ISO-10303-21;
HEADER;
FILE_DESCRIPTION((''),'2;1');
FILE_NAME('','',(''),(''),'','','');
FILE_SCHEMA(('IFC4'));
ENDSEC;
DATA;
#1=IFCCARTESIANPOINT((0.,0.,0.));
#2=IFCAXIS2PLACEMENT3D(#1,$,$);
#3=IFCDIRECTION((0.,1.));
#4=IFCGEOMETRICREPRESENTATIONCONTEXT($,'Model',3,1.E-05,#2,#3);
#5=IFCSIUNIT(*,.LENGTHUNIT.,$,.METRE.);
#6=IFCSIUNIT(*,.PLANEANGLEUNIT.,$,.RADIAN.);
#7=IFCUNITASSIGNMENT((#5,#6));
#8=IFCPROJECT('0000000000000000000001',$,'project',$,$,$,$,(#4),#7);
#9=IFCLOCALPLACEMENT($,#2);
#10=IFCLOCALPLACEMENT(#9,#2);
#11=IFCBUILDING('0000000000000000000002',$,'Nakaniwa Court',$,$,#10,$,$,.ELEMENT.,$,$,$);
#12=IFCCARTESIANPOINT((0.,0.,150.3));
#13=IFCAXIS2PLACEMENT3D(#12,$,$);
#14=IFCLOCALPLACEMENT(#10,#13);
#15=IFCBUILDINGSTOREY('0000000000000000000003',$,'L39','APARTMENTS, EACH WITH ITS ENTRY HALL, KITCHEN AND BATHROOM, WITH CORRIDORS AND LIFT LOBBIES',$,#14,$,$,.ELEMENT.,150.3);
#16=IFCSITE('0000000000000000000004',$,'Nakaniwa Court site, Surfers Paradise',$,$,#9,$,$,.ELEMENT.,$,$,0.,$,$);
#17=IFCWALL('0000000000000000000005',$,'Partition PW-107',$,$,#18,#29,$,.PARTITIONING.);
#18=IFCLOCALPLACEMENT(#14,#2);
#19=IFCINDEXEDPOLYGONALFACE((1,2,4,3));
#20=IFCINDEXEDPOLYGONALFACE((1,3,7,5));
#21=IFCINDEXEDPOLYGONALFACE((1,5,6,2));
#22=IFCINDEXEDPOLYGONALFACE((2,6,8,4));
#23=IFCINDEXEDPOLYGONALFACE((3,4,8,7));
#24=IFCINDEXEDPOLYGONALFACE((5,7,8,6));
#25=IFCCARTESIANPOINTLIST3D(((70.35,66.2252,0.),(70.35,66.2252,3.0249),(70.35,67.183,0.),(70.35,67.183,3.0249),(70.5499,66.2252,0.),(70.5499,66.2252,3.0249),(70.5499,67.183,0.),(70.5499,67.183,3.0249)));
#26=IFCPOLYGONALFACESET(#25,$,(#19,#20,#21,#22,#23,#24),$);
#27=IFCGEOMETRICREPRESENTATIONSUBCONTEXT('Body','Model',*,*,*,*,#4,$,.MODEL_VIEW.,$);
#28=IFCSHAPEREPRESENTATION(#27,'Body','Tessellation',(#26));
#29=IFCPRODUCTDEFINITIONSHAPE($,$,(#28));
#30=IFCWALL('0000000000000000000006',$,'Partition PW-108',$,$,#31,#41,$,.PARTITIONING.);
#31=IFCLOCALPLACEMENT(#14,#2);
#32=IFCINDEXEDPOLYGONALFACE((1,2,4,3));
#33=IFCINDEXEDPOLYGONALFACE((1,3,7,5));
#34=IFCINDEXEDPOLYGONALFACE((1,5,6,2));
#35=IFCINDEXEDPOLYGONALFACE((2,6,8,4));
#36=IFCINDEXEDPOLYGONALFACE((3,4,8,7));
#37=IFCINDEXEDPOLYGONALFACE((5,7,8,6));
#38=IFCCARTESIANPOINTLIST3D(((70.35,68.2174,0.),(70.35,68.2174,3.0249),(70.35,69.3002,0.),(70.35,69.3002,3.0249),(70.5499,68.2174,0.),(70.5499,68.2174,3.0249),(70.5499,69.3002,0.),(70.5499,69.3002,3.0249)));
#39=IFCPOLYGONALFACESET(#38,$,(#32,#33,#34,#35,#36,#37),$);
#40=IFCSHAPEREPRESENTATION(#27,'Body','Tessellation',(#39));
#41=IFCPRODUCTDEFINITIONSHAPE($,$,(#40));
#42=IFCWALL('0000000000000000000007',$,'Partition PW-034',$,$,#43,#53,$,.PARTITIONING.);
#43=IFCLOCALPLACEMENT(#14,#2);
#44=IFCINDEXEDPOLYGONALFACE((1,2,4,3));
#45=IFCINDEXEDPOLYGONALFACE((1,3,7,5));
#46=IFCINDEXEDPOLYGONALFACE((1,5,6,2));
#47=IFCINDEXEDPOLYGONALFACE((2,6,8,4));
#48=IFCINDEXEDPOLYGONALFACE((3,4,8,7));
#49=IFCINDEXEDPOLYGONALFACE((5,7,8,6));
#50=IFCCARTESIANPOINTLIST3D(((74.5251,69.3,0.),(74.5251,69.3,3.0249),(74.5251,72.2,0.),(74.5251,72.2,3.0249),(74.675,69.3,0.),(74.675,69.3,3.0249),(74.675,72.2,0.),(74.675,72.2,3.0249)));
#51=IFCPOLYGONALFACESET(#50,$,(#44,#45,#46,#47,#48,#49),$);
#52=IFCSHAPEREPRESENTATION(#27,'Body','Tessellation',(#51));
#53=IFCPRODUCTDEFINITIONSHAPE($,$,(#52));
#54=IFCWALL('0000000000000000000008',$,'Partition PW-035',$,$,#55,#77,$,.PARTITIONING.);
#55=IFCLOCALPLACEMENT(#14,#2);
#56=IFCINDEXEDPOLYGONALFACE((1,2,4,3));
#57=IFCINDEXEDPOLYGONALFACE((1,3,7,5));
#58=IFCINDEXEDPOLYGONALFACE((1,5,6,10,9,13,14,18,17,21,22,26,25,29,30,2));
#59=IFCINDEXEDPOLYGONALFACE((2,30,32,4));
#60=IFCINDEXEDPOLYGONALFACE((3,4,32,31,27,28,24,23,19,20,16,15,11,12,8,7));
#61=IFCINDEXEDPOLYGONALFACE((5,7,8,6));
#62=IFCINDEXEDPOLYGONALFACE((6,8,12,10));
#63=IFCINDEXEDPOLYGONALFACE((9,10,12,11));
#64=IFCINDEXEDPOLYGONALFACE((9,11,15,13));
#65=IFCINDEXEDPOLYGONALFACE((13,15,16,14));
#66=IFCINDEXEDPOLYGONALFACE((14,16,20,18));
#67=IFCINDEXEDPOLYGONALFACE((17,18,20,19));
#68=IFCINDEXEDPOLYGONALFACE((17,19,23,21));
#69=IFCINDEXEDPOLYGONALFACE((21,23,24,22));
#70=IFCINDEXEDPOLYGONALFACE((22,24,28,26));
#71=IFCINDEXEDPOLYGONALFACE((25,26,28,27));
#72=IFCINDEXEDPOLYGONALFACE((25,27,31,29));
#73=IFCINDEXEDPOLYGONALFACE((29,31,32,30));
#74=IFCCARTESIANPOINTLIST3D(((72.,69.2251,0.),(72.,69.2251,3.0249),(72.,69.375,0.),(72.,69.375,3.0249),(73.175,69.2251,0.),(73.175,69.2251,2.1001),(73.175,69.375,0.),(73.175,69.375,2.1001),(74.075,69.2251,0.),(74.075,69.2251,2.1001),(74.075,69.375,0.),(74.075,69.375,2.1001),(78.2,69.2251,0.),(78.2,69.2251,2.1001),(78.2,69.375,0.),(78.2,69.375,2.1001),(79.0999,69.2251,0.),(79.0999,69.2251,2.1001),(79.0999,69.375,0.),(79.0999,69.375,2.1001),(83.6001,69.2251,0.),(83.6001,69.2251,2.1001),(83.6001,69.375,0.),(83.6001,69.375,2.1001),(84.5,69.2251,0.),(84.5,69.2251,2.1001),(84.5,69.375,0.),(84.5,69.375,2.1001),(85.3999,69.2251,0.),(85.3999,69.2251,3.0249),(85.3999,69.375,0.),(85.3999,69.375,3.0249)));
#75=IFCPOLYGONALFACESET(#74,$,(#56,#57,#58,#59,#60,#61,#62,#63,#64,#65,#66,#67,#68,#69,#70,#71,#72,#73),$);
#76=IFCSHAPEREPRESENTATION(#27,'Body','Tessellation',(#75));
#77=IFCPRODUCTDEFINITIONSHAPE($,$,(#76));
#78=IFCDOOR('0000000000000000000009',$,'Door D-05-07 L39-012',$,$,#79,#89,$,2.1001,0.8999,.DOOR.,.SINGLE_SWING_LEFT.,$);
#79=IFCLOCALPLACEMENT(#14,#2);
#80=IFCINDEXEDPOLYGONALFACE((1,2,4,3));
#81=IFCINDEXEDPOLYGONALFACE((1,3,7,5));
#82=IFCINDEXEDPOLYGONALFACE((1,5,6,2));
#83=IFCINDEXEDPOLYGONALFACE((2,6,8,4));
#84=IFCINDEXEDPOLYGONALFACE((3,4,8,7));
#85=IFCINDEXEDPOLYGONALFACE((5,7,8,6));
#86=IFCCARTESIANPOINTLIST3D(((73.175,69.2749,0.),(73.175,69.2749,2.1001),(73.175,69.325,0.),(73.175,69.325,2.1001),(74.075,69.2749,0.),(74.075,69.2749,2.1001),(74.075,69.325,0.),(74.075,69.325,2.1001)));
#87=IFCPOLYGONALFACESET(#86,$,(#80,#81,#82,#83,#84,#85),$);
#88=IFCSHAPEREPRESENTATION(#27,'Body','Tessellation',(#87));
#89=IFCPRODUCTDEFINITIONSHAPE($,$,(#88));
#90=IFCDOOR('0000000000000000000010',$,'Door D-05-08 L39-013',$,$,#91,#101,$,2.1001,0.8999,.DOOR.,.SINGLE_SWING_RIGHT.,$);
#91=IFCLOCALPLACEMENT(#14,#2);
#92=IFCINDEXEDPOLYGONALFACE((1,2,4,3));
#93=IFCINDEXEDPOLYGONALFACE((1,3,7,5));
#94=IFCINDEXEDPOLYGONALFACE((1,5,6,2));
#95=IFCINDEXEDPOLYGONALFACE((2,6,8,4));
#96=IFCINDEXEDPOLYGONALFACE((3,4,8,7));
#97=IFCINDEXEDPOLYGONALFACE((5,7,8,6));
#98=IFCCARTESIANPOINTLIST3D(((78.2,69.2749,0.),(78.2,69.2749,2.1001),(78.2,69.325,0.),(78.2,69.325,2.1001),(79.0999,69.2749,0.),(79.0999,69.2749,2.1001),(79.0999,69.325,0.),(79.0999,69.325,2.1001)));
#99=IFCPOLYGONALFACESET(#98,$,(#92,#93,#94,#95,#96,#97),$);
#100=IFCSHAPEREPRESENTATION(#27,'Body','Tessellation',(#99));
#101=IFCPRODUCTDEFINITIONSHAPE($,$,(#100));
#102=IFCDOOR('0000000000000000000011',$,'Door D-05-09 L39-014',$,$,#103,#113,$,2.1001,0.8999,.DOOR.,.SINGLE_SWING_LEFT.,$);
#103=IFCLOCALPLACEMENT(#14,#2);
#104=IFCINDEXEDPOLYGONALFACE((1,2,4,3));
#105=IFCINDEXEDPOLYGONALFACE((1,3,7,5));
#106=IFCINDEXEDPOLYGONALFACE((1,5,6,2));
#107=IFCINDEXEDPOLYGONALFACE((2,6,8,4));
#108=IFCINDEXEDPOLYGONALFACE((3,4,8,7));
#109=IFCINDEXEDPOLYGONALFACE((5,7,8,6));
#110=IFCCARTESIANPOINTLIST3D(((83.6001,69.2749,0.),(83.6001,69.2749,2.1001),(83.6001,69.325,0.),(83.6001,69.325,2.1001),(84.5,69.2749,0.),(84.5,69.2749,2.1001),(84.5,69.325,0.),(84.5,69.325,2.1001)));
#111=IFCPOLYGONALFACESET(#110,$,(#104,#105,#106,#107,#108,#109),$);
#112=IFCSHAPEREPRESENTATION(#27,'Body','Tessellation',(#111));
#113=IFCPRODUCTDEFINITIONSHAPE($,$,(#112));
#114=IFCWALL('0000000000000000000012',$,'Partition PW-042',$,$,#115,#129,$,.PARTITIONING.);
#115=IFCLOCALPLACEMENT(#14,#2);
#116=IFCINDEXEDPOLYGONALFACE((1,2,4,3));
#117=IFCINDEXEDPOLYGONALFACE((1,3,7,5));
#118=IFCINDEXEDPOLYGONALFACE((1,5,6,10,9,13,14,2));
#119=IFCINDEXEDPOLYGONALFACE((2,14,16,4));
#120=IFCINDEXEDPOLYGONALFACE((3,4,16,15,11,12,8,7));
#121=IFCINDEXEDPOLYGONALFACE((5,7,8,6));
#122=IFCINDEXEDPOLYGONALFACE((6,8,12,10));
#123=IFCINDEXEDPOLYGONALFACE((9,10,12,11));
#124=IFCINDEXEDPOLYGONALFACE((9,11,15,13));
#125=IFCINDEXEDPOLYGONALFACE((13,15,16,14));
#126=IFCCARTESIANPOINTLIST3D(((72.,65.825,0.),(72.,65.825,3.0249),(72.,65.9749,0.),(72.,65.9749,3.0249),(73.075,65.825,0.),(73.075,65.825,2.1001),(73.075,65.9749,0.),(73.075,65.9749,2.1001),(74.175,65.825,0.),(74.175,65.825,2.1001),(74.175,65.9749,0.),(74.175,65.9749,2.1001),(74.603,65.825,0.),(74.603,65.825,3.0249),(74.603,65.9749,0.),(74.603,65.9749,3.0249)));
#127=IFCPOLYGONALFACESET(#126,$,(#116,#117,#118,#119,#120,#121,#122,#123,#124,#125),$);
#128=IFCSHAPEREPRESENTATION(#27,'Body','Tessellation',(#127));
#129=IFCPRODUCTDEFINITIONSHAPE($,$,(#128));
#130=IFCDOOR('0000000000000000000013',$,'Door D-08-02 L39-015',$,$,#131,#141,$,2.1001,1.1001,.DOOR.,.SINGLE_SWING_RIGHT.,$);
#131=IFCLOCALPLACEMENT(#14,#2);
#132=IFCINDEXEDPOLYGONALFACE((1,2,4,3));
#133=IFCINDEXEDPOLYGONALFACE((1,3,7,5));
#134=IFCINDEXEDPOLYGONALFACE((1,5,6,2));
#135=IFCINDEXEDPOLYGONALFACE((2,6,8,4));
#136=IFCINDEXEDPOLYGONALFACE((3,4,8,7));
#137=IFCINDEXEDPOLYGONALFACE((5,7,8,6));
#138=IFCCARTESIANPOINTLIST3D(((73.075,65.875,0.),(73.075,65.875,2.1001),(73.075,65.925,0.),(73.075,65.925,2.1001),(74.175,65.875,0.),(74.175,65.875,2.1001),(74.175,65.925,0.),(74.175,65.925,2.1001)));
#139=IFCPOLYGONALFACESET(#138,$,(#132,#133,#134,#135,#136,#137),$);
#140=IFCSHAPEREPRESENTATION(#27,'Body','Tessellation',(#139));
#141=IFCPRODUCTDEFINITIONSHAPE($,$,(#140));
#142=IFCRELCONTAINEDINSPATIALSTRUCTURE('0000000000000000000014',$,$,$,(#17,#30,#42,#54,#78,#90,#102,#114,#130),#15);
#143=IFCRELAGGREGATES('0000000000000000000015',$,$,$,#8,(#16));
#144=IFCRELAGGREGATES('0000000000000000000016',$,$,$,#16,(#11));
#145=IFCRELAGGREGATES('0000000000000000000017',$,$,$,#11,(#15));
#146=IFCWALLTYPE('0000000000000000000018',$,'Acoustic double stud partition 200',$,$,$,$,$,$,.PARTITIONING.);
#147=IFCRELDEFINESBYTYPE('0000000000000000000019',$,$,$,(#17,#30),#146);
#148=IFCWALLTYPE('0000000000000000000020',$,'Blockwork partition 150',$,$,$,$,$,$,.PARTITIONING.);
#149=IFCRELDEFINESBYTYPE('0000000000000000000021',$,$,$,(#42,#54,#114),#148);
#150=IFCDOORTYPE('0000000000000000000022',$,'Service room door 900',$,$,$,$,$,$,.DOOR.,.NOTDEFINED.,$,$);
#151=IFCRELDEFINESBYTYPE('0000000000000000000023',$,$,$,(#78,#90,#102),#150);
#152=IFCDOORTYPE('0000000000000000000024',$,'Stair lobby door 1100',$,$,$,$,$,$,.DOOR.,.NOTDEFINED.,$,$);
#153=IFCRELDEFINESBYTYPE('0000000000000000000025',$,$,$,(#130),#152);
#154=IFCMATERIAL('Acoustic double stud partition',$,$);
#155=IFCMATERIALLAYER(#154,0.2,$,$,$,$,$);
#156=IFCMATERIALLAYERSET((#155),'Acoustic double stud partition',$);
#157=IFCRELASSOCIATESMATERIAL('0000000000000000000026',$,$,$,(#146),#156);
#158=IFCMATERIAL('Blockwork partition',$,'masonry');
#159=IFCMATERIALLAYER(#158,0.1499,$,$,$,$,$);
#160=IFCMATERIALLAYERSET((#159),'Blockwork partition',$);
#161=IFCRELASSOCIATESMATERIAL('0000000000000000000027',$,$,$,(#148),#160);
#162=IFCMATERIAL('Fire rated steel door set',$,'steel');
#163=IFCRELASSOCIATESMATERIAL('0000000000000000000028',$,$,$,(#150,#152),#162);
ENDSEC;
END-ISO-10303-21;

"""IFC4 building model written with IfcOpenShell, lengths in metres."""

from ifc_helpers import new_model, si_unit, direction, frame, frame_2d, origin, place, context, subcontext, project, spatial, rectangle, extrude, material, layer, layer_set, type_object, element, fill, save


model = new_model("IFC4")

# Units and contexts
model_context = context("Model", 3, precision=1e-05, world=origin(), true_north=direction((0.0, 1.0)))
body_context = subcontext(model_context, "Body", "Model", "MODEL_VIEW")
ifc_project = project(units=[si_unit("LENGTHUNIT", "METRE"), si_unit("PLANEANGLEUNIT", "RADIAN")], contexts=[model_context])

# Site, building, storey
site_placement = place(None, origin())
site = spatial("IfcSite", under=ifc_project, at=site_placement, Name="Nakaniwa Court site, Surfers Paradise", CompositionType="ELEMENT", RefElevation=0.0)
building_placement = place(site_placement, origin())
building = spatial("IfcBuilding", under=site, at=building_placement, Name="Nakaniwa Court", CompositionType="ELEMENT")
storey_placement = place(building_placement, frame((0.0, 0.0, 150.3)))
storey = spatial("IfcBuildingStorey", under=building, at=storey_placement, Name="L39", Description="APARTMENTS, EACH WITH ITS ENTRY HALL, KITCHEN AND BATHROOM, WITH CORRIDORS AND LIFT LOBBIES", CompositionType="ELEMENT", Elevation=150.3)

# Walls
ifc_material_1 = material(Name="Acoustic double stud partition")
ifc_layer_1 = layer(ifc_material_1, 0.2)
ifc_layer_set_1 = layer_set([ifc_layer_1], Name="Acoustic double stud partition")
wall_type_1 = type_object("IfcWallType", Name="Acoustic double stud partition 200", PredefinedType="PARTITIONING", material=ifc_layer_set_1)
wall_1_placement = place(storey_placement, frame((70.45, 66.2251, 0.0), z_axis=(0.0, 0.0, 1.0), x_axis=(0.0, 1.0, 0.0)))
element("IfcWall", 1, at=wall_1_placement, inside=storey, type_object=wall_type_1, Name="Partition PW-107", PredefinedType="PARTITIONING", context=body_context, shape_type="SweptSolid", body=[
    extrude(rectangle(XDim=0.9578, YDim=0.2, at=frame_2d((0.479, 0.0))), origin(), (0.0, 0.0, 1.0), 3.0249),
])
wall_2_placement = place(storey_placement, frame((70.45, 68.2173, 0.0), z_axis=(0.0, 0.0, 1.0), x_axis=(0.0, 1.0, 0.0)))
element("IfcWall", 2, at=wall_2_placement, inside=storey, type_object=wall_type_1, Name="Partition PW-108", PredefinedType="PARTITIONING", context=body_context, shape_type="SweptSolid", body=[
    extrude(rectangle(XDim=1.0828, YDim=0.2, at=frame_2d((0.5415, 0.0))), origin(), (0.0, 0.0, 1.0), 3.0249),
])
ifc_material_2 = material(Name="Blockwork partition", Category="masonry")
ifc_layer_2 = layer(ifc_material_2, 0.1499)
ifc_layer_set_2 = layer_set([ifc_layer_2], Name="Blockwork partition")
wall_type_2 = type_object("IfcWallType", Name="Blockwork partition 150", PredefinedType="PARTITIONING", material=ifc_layer_set_2)
wall_3_placement = place(storey_placement, frame((74.6001, 69.3, 0.0), z_axis=(0.0, 0.0, 1.0), x_axis=(0.0, 1.0, 0.0)))
element("IfcWall", 3, at=wall_3_placement, inside=storey, type_object=wall_type_2, Name="Partition PW-034", PredefinedType="PARTITIONING", context=body_context, shape_type="SweptSolid", body=[
    extrude(rectangle(XDim=2.8999, YDim=0.1499, at=frame_2d((1.45, 0.0))), origin(), (0.0, 0.0, 1.0), 3.0249),
])

# Wall, openings, doors
wall_4_placement = place(storey_placement, frame((72.0, 69.3, 0.0), z_axis=(0.0, 0.0, 1.0), x_axis=(1.0, 0.0, 0.0)))
wall_4 = element("IfcWall", 4, at=wall_4_placement, inside=storey, type_object=wall_type_2, Name="Partition PW-035", PredefinedType="PARTITIONING", context=body_context, shape_type="SweptSolid", body=[
    extrude(rectangle(XDim=13.3999, YDim=0.1499, at=frame_2d((6.7, 0.0))), origin(), (0.0, 0.0, 1.0), 3.0249),
])
opening_1_placement = place(wall_4_placement, frame((1.175, 0.0, 0.0)))
opening_1 = element("IfcOpeningElement", 5, at=opening_1_placement, cuts=wall_4, PredefinedType="OPENING", context=body_context, shape_type="SweptSolid", body=[
    extrude(rectangle(XDim=0.8999, YDim=2.1001, at=frame_2d((0.45, 1.05))), frame((0.0, 0.085, 0.0), z_axis=(0.0, -1.0, 0.0), x_axis=(1.0, 0.0, 0.0)), (0.0, 0.0, 1.0), 0.1699),
])
opening_2_placement = place(wall_4_placement, frame((6.2, 0.0, 0.0)))
opening_2 = element("IfcOpeningElement", 6, at=opening_2_placement, cuts=wall_4, PredefinedType="OPENING", context=body_context, shape_type="SweptSolid", body=[
    extrude(rectangle(XDim=0.8999, YDim=2.1001, at=frame_2d((0.45, 1.05))), frame((0.0, 0.085, 0.0), z_axis=(0.0, -1.0, 0.0), x_axis=(1.0, 0.0, 0.0)), (0.0, 0.0, 1.0), 0.1699),
])
opening_3_placement = place(wall_4_placement, frame((11.6001, 0.0, 0.0)))
opening_3 = element("IfcOpeningElement", 7, at=opening_3_placement, cuts=wall_4, PredefinedType="OPENING", context=body_context, shape_type="SweptSolid", body=[
    extrude(rectangle(XDim=0.8999, YDim=2.1001, at=frame_2d((0.45, 1.05))), frame((0.0, 0.085, 0.0), z_axis=(0.0, -1.0, 0.0), x_axis=(1.0, 0.0, 0.0)), (0.0, 0.0, 1.0), 0.1699),
])
ifc_material_3 = material(Name="Fire rated steel door set", Category="steel")
door_type_1 = type_object("IfcDoorType", Name="Service room door 900", OperationType="NOTDEFINED", PredefinedType="DOOR", material=ifc_material_3)
door_1_placement = place(opening_1_placement, origin())
door_1 = element("IfcDoor", 8, at=door_1_placement, inside=storey, type_object=door_type_1, Name="Door D-05-07 L39-012", OperationType="SINGLE_SWING_LEFT", OverallHeight=2.1001, OverallWidth=0.8999, PredefinedType="DOOR", context=body_context, shape_type="SweptSolid", body=[
    extrude(rectangle(XDim=0.8999, YDim=2.1001, at=frame_2d((0.45, 1.05))), frame((0.0, 0.0249, 0.0), z_axis=(0.0, -1.0, 0.0), x_axis=(1.0, 0.0, 0.0)), (0.0, 0.0, 1.0), 0.05),
])
fill(opening_1, door_1)
door_2_placement = place(opening_2_placement, origin())
door_2 = element("IfcDoor", 9, at=door_2_placement, inside=storey, type_object=door_type_1, Name="Door D-05-08 L39-013", OperationType="SINGLE_SWING_RIGHT", OverallHeight=2.1001, OverallWidth=0.8999, PredefinedType="DOOR", context=body_context, shape_type="SweptSolid", body=[
    extrude(rectangle(XDim=0.8999, YDim=2.1001, at=frame_2d((0.45, 1.05))), frame((0.0, 0.0249, 0.0), z_axis=(0.0, -1.0, 0.0), x_axis=(1.0, 0.0, 0.0)), (0.0, 0.0, 1.0), 0.05),
])
fill(opening_2, door_2)
door_3_placement = place(opening_3_placement, origin())
door_3 = element("IfcDoor", 10, at=door_3_placement, inside=storey, type_object=door_type_1, Name="Door D-05-09 L39-014", OperationType="SINGLE_SWING_LEFT", OverallHeight=2.1001, OverallWidth=0.8999, PredefinedType="DOOR", context=body_context, shape_type="SweptSolid", body=[
    extrude(rectangle(XDim=0.8999, YDim=2.1001, at=frame_2d((0.45, 1.05))), frame((0.0, 0.0249, 0.0), z_axis=(0.0, -1.0, 0.0), x_axis=(1.0, 0.0, 0.0)), (0.0, 0.0, 1.0), 0.05),
])
fill(opening_3, door_3)

# Wall, opening, door
wall_5_placement = place(storey_placement, frame((74.603, 65.8999, 0.0), z_axis=(0.0, 0.0, 1.0), x_axis=(-1.0, 0.0, 0.0)))
wall_5 = element("IfcWall", 11, at=wall_5_placement, inside=storey, type_object=wall_type_2, Name="Partition PW-042", PredefinedType="PARTITIONING", context=body_context, shape_type="SweptSolid", body=[
    extrude(rectangle(XDim=2.603, YDim=0.1499, at=frame_2d((1.3015, 0.0))), origin(), (0.0, 0.0, 1.0), 3.0249),
])
opening_4_placement = place(wall_5_placement, frame((0.428, 0.0, 0.0)))
opening_4 = element("IfcOpeningElement", 12, at=opening_4_placement, cuts=wall_5, PredefinedType="OPENING", context=body_context, shape_type="SweptSolid", body=[
    extrude(rectangle(XDim=1.1001, YDim=2.1001, at=frame_2d((0.55, 1.05))), frame((0.0, 0.085, 0.0), z_axis=(0.0, -1.0, 0.0), x_axis=(1.0, 0.0, 0.0)), (0.0, 0.0, 1.0), 0.1699),
])
door_type_2 = type_object("IfcDoorType", Name="Stair lobby door 1100", OperationType="NOTDEFINED", PredefinedType="DOOR", material=ifc_material_3)
door_4_placement = place(opening_4_placement, origin())
door_4 = element("IfcDoor", 13, at=door_4_placement, inside=storey, type_object=door_type_2, Name="Door D-08-02 L39-015", OperationType="SINGLE_SWING_RIGHT", OverallHeight=2.1001, OverallWidth=1.1001, PredefinedType="DOOR", context=body_context, shape_type="SweptSolid", body=[
    extrude(rectangle(XDim=1.1001, YDim=2.1001, at=frame_2d((0.55, 1.05))), frame((0.0, 0.0249, 0.0), z_axis=(0.0, -1.0, 0.0), x_axis=(1.0, 0.0, 0.0)), (0.0, 0.0, 1.0), 0.05),
])
fill(opening_4, door_4)

save(model, "model.ifc")
